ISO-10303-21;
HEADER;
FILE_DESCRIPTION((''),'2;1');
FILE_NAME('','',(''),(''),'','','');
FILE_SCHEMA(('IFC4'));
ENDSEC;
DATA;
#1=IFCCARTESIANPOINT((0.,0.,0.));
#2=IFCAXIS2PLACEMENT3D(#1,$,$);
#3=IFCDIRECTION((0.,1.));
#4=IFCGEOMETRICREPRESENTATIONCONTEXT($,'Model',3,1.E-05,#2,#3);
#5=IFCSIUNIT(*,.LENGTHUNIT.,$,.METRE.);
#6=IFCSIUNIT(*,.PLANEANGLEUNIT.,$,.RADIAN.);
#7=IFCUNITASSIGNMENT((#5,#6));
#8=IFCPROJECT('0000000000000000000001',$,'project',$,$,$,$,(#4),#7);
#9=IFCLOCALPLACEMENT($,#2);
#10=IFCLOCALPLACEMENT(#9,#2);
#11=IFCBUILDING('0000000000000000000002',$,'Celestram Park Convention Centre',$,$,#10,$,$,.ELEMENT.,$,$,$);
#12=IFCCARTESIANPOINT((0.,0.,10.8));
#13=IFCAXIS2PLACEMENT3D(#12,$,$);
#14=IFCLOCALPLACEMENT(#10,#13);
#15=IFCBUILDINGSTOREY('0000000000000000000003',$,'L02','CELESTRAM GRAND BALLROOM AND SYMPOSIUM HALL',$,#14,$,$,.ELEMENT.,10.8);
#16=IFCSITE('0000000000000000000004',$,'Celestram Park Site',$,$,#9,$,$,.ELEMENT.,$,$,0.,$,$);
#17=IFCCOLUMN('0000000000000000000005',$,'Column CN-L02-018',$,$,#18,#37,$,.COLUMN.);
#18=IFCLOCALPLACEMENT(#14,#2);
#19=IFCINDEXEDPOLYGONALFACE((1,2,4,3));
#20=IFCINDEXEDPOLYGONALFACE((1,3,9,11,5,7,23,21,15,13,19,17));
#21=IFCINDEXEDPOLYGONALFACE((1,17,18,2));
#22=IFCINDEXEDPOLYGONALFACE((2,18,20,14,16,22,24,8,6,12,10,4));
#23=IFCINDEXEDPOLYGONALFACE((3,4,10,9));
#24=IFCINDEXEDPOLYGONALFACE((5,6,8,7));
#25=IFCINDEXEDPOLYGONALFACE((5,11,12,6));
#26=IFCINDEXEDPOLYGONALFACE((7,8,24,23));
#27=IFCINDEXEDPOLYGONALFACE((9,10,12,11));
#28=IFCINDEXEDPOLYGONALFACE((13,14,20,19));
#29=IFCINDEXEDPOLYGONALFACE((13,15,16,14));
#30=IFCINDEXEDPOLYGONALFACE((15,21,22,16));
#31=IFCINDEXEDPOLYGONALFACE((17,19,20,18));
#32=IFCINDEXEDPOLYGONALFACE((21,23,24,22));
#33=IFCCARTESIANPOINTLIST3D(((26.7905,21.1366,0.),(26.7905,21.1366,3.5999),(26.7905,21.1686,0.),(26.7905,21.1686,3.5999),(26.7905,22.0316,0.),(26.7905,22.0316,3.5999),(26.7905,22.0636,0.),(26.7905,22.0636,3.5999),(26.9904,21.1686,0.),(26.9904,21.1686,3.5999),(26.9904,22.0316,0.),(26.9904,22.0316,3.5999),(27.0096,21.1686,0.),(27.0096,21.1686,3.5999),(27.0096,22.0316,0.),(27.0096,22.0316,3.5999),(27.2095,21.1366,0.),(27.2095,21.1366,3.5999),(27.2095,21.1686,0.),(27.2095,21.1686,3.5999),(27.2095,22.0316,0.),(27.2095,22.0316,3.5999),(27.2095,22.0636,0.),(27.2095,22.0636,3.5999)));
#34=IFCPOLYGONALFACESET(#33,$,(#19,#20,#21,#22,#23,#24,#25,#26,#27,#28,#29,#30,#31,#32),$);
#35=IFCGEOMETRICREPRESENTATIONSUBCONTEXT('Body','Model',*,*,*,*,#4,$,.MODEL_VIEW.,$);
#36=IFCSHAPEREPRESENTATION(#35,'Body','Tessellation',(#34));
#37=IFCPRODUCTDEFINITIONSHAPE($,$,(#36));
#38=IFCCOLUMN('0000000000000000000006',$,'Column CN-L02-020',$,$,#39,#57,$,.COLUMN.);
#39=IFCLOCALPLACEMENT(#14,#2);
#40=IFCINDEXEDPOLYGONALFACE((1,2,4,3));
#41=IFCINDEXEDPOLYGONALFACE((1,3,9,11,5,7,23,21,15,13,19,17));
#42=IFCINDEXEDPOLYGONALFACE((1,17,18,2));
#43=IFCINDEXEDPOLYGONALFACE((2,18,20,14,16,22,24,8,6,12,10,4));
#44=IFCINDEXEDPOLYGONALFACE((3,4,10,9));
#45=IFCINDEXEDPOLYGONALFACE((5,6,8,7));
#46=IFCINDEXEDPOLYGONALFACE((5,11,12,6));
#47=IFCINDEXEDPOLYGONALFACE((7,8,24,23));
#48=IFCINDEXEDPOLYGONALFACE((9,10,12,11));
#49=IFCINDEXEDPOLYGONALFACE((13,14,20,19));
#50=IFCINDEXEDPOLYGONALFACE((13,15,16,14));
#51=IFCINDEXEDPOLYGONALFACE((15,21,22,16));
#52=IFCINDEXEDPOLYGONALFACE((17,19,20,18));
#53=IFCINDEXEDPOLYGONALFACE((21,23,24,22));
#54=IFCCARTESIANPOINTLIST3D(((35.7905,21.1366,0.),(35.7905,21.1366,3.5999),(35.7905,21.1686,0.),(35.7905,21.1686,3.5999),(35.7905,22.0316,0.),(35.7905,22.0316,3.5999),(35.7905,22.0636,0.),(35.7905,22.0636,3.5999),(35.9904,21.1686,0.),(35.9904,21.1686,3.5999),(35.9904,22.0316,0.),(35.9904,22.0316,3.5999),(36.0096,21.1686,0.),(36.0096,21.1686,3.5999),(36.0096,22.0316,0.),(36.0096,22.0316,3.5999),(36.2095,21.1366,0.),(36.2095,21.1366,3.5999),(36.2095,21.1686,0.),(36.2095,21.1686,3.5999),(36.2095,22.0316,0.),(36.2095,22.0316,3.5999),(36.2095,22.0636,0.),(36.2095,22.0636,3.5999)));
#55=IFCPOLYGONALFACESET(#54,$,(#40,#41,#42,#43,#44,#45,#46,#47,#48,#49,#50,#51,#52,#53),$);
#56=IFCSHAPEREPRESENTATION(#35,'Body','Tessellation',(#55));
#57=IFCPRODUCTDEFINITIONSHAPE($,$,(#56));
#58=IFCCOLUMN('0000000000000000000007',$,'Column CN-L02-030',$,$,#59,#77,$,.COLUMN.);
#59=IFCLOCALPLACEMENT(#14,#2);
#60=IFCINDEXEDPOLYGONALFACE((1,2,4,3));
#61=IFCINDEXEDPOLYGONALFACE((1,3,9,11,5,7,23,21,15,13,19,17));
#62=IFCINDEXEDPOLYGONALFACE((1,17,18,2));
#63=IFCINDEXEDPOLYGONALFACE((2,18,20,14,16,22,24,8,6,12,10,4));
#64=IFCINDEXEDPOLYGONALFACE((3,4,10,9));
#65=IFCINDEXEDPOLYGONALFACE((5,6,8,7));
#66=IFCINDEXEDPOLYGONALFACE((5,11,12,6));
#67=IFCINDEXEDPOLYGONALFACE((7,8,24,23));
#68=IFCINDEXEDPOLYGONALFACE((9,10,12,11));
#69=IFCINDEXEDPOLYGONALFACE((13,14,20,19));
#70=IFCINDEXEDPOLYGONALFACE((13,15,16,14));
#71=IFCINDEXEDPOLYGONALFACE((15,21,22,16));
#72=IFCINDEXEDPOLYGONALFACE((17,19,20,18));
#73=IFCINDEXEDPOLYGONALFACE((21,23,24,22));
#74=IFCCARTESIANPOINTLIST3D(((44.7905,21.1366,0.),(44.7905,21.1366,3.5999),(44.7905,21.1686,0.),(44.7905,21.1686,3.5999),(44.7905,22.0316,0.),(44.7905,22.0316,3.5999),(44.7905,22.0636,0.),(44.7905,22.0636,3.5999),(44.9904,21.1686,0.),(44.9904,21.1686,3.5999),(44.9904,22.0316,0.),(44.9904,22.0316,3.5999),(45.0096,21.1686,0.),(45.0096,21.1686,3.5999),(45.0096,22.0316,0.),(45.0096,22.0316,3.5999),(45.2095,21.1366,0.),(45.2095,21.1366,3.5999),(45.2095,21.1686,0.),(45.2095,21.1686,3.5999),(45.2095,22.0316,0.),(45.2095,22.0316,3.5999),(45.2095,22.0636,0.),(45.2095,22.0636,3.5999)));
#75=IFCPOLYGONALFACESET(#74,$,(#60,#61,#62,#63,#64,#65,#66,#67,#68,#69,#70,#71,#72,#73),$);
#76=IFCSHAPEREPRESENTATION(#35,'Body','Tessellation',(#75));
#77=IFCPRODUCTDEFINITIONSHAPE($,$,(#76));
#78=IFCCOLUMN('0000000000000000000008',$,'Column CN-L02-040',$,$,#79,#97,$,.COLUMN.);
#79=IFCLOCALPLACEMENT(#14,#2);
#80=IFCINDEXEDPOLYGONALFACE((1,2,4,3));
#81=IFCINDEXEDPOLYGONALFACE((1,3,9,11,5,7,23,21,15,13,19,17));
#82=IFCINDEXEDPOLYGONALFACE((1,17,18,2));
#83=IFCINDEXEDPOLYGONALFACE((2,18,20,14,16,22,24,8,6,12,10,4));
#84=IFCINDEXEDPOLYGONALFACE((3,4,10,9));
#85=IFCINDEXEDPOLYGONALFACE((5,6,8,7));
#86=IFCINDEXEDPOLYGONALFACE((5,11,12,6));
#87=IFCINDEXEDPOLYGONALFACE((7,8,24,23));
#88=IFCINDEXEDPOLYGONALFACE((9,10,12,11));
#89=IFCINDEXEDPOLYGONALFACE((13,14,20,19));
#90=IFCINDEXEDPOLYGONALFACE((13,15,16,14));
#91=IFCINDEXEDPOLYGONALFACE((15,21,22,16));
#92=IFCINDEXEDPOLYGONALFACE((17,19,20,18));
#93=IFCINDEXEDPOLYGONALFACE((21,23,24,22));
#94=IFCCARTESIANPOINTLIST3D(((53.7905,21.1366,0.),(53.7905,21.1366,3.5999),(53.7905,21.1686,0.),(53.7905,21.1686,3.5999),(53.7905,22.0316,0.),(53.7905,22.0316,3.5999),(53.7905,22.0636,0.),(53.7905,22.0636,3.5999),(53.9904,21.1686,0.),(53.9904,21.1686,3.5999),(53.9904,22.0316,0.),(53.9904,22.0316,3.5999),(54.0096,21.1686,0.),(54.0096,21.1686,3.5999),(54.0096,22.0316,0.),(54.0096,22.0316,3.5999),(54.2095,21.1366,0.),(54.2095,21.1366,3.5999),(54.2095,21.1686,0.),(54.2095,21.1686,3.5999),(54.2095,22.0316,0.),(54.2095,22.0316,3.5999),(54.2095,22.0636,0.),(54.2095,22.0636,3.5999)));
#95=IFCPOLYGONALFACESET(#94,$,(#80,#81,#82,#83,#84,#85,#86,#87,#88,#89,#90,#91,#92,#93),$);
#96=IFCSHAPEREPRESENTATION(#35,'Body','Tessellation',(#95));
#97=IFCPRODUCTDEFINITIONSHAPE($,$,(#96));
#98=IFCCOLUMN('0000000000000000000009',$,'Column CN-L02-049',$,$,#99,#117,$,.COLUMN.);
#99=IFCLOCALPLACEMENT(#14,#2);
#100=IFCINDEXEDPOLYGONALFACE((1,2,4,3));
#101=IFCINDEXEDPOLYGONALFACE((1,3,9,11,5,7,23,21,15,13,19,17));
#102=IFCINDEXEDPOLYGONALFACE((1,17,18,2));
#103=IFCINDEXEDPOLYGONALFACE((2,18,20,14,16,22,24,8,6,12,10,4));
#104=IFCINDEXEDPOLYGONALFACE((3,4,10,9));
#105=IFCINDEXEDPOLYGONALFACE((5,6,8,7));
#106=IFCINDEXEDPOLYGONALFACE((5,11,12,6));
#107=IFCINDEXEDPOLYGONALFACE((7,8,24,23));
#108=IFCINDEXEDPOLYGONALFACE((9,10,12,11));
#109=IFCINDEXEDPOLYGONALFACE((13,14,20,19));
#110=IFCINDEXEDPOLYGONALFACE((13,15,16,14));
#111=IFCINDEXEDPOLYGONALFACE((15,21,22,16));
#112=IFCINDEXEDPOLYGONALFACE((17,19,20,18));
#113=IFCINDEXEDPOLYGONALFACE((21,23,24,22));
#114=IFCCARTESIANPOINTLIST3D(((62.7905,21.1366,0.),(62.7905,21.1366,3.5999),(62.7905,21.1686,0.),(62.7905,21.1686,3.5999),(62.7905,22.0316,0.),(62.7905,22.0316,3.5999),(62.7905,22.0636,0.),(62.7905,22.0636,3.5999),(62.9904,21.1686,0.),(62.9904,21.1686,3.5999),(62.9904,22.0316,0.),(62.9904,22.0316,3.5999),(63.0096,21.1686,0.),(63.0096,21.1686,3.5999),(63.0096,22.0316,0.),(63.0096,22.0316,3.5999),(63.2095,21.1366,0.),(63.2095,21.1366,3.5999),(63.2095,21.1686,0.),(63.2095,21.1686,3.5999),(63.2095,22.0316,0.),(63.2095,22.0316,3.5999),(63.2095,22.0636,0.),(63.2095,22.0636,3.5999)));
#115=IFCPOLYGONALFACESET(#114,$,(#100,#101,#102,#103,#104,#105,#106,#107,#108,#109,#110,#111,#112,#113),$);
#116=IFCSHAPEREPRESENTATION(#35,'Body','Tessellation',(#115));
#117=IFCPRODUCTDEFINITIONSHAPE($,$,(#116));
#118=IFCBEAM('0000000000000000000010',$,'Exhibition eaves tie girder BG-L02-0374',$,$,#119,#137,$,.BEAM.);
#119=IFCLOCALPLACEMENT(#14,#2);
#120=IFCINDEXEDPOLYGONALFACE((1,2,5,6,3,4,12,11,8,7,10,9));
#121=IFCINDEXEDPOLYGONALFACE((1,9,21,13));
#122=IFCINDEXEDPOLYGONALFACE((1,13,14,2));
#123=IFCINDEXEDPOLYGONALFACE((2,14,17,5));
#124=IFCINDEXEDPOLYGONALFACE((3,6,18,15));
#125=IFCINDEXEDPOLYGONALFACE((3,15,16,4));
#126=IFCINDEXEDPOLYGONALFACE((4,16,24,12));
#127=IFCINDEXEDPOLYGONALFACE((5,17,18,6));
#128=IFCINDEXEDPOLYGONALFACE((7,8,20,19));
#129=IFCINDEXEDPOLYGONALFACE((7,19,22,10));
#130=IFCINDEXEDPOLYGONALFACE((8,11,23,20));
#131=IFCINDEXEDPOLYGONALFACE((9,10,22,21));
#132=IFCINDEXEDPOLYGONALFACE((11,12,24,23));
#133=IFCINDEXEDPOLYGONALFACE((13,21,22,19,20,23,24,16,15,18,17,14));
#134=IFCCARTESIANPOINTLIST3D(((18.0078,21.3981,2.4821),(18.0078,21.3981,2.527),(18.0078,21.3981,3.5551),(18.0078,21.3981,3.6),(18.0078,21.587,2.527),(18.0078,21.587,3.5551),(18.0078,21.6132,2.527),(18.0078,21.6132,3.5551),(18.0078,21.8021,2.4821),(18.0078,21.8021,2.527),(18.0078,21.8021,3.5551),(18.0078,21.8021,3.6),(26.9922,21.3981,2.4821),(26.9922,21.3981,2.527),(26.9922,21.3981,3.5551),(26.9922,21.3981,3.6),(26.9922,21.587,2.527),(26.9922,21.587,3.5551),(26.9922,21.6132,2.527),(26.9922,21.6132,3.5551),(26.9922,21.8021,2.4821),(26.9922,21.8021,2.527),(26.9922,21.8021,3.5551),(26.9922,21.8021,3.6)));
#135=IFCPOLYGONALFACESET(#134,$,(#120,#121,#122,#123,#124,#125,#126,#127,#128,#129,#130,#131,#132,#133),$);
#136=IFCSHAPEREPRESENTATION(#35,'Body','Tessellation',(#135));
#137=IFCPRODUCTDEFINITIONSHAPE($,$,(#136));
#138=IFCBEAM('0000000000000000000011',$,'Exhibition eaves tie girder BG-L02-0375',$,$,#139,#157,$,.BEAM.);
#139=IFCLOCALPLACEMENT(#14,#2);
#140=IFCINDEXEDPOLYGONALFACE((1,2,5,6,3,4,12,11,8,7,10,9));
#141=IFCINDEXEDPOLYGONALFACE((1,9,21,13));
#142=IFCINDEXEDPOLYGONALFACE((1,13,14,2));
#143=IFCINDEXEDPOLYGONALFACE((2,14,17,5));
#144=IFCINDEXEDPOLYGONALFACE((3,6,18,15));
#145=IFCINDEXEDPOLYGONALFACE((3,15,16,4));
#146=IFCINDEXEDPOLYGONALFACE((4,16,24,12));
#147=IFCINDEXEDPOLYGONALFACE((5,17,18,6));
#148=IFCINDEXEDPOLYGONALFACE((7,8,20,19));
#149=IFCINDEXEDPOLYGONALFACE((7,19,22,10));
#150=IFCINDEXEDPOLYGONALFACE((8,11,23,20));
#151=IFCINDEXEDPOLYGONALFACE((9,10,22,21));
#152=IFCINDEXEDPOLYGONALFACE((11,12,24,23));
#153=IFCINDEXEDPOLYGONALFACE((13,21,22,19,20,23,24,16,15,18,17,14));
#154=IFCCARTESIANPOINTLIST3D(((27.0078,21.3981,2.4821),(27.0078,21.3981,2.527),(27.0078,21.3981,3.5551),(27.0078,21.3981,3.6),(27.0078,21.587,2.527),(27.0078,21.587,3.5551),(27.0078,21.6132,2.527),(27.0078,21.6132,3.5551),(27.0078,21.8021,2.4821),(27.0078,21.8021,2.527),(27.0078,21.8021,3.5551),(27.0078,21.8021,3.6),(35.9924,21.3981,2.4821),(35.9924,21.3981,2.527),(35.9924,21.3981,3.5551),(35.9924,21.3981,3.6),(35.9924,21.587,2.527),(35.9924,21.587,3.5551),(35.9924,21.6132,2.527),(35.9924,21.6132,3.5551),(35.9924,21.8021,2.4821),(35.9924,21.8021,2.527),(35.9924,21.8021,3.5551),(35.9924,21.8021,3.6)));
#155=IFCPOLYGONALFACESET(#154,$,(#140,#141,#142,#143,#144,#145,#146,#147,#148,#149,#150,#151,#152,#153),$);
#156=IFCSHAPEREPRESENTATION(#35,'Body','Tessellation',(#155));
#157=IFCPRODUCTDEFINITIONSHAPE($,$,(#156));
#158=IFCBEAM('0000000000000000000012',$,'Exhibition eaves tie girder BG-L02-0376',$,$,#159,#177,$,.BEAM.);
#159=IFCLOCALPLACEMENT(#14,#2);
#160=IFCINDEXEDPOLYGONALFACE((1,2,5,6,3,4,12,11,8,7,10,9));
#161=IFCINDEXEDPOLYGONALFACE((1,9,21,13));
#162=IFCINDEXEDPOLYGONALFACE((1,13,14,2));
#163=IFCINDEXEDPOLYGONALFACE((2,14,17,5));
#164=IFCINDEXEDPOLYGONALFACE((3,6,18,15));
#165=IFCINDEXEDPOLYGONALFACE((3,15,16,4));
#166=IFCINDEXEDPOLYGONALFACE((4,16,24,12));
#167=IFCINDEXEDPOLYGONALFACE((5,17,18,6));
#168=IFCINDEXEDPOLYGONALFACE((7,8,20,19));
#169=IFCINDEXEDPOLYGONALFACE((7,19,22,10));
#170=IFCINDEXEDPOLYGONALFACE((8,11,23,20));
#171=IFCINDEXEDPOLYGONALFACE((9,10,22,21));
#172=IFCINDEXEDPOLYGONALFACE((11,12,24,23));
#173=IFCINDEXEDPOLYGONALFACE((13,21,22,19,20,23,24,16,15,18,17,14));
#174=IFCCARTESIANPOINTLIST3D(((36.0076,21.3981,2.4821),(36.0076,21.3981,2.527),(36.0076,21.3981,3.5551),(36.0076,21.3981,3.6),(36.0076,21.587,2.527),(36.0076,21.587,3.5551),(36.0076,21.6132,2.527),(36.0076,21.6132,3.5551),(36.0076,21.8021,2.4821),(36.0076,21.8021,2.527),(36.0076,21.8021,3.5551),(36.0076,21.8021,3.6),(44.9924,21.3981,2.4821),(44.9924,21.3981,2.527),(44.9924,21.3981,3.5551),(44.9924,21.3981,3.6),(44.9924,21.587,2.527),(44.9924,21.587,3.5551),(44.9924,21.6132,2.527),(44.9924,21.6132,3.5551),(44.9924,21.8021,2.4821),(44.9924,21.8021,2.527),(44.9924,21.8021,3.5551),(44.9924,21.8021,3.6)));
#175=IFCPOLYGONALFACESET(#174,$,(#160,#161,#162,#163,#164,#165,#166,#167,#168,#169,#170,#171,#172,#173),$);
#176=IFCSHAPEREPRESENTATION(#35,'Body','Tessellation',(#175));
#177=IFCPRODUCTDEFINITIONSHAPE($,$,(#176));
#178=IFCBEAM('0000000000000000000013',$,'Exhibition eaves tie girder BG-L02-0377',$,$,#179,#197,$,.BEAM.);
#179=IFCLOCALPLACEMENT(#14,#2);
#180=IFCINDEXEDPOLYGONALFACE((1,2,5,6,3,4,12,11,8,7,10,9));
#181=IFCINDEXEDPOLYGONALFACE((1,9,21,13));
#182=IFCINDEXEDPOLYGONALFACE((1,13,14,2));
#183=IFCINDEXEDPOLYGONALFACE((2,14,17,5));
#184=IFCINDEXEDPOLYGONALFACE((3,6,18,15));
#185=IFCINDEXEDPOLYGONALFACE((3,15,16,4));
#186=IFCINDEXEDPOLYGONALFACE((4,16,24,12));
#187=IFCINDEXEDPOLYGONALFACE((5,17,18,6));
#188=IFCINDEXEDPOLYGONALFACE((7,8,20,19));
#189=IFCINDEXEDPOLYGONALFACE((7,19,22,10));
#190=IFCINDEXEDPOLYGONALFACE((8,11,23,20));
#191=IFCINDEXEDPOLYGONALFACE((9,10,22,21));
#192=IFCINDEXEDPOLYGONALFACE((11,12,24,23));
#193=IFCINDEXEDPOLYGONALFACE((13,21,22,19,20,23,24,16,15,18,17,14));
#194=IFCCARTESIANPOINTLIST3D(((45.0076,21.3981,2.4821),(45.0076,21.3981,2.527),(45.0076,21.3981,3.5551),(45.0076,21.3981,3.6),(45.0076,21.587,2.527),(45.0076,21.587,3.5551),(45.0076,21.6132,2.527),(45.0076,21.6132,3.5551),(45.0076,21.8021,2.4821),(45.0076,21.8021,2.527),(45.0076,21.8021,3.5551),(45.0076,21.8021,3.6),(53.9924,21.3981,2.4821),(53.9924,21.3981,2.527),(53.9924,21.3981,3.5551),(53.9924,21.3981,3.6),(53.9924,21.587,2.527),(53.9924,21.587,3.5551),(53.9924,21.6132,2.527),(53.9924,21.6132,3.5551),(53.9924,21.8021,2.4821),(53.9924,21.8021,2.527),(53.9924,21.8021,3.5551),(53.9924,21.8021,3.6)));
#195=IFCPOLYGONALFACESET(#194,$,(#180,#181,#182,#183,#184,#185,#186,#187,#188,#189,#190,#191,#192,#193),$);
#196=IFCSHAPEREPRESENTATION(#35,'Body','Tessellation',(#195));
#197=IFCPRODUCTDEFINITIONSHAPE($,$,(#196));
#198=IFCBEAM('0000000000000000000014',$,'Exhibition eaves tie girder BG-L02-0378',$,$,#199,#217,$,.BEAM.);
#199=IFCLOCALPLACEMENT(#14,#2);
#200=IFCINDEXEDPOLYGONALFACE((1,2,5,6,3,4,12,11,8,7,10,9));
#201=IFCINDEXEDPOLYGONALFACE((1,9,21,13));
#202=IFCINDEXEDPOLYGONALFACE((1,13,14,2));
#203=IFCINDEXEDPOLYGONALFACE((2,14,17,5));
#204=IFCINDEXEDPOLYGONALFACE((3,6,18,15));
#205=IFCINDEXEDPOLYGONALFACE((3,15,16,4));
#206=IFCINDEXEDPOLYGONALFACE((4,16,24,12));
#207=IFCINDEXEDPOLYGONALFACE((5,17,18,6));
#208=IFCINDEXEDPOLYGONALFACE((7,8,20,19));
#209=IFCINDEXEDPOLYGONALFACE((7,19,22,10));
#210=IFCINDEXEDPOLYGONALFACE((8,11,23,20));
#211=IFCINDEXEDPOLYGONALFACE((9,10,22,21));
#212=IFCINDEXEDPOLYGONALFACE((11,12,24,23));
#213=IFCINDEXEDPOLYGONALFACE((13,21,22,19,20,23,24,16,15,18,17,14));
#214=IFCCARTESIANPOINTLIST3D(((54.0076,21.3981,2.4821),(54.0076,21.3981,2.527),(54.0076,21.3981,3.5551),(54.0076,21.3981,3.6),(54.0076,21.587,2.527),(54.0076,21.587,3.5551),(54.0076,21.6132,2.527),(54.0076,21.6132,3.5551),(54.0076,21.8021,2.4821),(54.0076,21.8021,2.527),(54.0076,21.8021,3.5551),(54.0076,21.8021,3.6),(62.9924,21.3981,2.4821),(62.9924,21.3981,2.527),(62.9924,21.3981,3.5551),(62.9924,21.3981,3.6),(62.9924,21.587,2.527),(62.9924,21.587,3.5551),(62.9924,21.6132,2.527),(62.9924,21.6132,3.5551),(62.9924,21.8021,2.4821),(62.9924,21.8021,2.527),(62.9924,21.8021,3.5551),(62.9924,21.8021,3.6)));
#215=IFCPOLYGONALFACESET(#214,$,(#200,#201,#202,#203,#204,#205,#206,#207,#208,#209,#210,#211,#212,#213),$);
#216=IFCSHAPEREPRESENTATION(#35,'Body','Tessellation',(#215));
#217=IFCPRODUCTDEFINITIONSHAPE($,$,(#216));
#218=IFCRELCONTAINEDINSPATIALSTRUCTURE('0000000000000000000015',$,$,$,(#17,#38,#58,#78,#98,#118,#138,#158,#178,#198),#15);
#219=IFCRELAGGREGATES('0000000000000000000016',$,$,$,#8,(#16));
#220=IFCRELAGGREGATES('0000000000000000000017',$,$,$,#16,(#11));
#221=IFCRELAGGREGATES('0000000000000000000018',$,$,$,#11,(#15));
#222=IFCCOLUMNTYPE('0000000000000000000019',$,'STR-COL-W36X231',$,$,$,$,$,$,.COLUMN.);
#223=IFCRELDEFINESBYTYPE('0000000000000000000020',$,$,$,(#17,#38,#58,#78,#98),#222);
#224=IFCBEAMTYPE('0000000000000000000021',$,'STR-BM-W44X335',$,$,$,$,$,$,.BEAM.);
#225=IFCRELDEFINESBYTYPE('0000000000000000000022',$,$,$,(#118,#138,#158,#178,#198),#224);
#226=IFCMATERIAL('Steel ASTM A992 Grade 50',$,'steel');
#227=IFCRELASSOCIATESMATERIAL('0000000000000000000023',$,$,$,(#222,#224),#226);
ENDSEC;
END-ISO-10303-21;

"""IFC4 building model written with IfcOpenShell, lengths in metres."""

from ifc_helpers import new_model, si_unit, direction, frame, origin, origin_2d, place, context, subcontext, project, spatial, i_section, extrude, material, material_profile, profile_set, type_object, element, save


model = new_model("IFC4")

# Units and contexts
model_context = context("Model", 3, precision=1e-05, world=origin(), true_north=direction((0.0, 1.0)))
body_context = subcontext(model_context, "Body", "Model", "MODEL_VIEW")
ifc_project = project(units=[si_unit("LENGTHUNIT", "METRE"), si_unit("PLANEANGLEUNIT", "RADIAN")], contexts=[model_context])

# Site, building, storey
site_placement = place(None, origin())
site = spatial("IfcSite", under=ifc_project, at=site_placement, Name="Celestram Park Site", CompositionType="ELEMENT", RefElevation=0.0)
building_placement = place(site_placement, origin())
building = spatial("IfcBuilding", under=site, at=building_placement, Name="Celestram Park Convention Centre", CompositionType="ELEMENT")
storey_placement = place(building_placement, frame((0.0, 0.0, 10.8)))
storey = spatial("IfcBuildingStorey", under=building, at=storey_placement, Name="L02", Description="CELESTRAM GRAND BALLROOM AND SYMPOSIUM HALL", CompositionType="ELEMENT", Elevation=10.8)

# Columns
ifc_material_1 = material(Name="Steel ASTM A992 Grade 50", Category="steel")
ifc_material_profile_1 = material_profile(ifc_material_1, i_section(OverallWidth=0.4189, OverallDepth=0.927, WebThickness=0.0193, FlangeThickness=0.032, at=origin_2d()), Name="W36X231")
ifc_profile_set_1 = profile_set([ifc_material_profile_1], Name="Steel ASTM A992 Grade 50")
column_type = type_object("IfcColumnType", Name="STR-COL-W36X231", PredefinedType="COLUMN", material=ifc_profile_set_1)
for number, where, z_axis, x_axis, name in (
    (1, (27.0, 21.6001, 0.0), (0.0, 0.0, 1.0), (1.0, 0.0, 0.0), "Column CN-L02-018"),
    (2, (36.0, 21.6001, 0.0), (0.0, 0.0, 1.0), (1.0, 0.0, 0.0), "Column CN-L02-020"),
    (3, (45.0, 21.6001, 0.0), (0.0, 0.0, 1.0), (1.0, 0.0, 0.0), "Column CN-L02-030"),
    (4, (54.0, 21.6001, 0.0), (0.0, 0.0, 1.0), (1.0, 0.0, 0.0), "Column CN-L02-040"),
    (5, (63.0, 21.6001, 0.0), (0.0, 0.0, 1.0), (1.0, 0.0, 0.0), "Column CN-L02-049"),
):
    element("IfcColumn", number, at=place(storey_placement, frame(where, z_axis=z_axis, x_axis=x_axis)), inside=storey, type_object=column_type, Name=name, PredefinedType="COLUMN", context=body_context, shape_type="SweptSolid", body=[
        extrude(i_section(OverallWidth=0.4189, OverallDepth=0.927, WebThickness=0.0193, FlangeThickness=0.032, at=origin_2d()), origin(), (0.0, 0.0, 1.0), 3.5999),
    ])

# Beams
ifc_material_profile_2 = material_profile(ifc_material_1, i_section(OverallWidth=0.4041, OverallDepth=1.1179, WebThickness=0.0261, FlangeThickness=0.0449, at=origin_2d()), Name="W44X335")
ifc_profile_set_2 = profile_set([ifc_material_profile_2], Name="Steel ASTM A992 Grade 50")
beam_type_1 = type_object("IfcBeamType", Name="STR-BM-W44X335", PredefinedType="BEAM", material=ifc_profile_set_2)
beam_1_placement = place(storey_placement, frame((18.0078, 21.6001, 3.041), z_axis=(1.0, 0.0, 0.0), x_axis=(0.0, 1.0, 0.0)))
element("IfcBeam", 6, at=beam_1_placement, inside=storey, type_object=beam_type_1, Name="Exhibition eaves tie girder BG-L02-0374", PredefinedType="BEAM", context=body_context, shape_type="SweptSolid", body=[
    extrude(i_section(OverallWidth=0.4041, OverallDepth=1.1179, WebThickness=0.0261, FlangeThickness=0.0449, at=origin_2d()), origin(), (0.0, 0.0, 1.0), 8.9844),
])
beam_2_placement = place(storey_placement, frame((27.0078, 21.6001, 3.041), z_axis=(1.0, 0.0, 0.0), x_axis=(0.0, 1.0, 0.0)))
element("IfcBeam", 7, at=beam_2_placement, inside=storey, type_object=beam_type_1, Name="Exhibition eaves tie girder BG-L02-0375", PredefinedType="BEAM", context=body_context, shape_type="SweptSolid", body=[
    extrude(i_section(OverallWidth=0.4041, OverallDepth=1.1179, WebThickness=0.0261, FlangeThickness=0.0449, at=origin_2d()), origin(), (0.0, 0.0, 1.0), 8.9846),
])
for number, where, z_axis, x_axis, name in (
    (8, (36.0076, 21.6001, 3.041), (1.0, 0.0, 0.0), (0.0, 1.0, 0.0), "Exhibition eaves tie girder BG-L02-0376"),
    (9, (45.0076, 21.6001, 3.041), (1.0, 0.0, 0.0), (0.0, 1.0, 0.0), "Exhibition eaves tie girder BG-L02-0377"),
    (10, (54.0076, 21.6001, 3.041), (1.0, 0.0, 0.0), (0.0, 1.0, 0.0), "Exhibition eaves tie girder BG-L02-0378"),
):
    element("IfcBeam", number, at=place(storey_placement, frame(where, z_axis=z_axis, x_axis=x_axis)), inside=storey, type_object=beam_type_1, Name=name, PredefinedType="BEAM", context=body_context, shape_type="SweptSolid", body=[
        extrude(i_section(OverallWidth=0.4041, OverallDepth=1.1179, WebThickness=0.0261, FlangeThickness=0.0449, at=origin_2d()), origin(), (0.0, 0.0, 1.0), 8.9849),
    ])

save(model, "model.ifc")
